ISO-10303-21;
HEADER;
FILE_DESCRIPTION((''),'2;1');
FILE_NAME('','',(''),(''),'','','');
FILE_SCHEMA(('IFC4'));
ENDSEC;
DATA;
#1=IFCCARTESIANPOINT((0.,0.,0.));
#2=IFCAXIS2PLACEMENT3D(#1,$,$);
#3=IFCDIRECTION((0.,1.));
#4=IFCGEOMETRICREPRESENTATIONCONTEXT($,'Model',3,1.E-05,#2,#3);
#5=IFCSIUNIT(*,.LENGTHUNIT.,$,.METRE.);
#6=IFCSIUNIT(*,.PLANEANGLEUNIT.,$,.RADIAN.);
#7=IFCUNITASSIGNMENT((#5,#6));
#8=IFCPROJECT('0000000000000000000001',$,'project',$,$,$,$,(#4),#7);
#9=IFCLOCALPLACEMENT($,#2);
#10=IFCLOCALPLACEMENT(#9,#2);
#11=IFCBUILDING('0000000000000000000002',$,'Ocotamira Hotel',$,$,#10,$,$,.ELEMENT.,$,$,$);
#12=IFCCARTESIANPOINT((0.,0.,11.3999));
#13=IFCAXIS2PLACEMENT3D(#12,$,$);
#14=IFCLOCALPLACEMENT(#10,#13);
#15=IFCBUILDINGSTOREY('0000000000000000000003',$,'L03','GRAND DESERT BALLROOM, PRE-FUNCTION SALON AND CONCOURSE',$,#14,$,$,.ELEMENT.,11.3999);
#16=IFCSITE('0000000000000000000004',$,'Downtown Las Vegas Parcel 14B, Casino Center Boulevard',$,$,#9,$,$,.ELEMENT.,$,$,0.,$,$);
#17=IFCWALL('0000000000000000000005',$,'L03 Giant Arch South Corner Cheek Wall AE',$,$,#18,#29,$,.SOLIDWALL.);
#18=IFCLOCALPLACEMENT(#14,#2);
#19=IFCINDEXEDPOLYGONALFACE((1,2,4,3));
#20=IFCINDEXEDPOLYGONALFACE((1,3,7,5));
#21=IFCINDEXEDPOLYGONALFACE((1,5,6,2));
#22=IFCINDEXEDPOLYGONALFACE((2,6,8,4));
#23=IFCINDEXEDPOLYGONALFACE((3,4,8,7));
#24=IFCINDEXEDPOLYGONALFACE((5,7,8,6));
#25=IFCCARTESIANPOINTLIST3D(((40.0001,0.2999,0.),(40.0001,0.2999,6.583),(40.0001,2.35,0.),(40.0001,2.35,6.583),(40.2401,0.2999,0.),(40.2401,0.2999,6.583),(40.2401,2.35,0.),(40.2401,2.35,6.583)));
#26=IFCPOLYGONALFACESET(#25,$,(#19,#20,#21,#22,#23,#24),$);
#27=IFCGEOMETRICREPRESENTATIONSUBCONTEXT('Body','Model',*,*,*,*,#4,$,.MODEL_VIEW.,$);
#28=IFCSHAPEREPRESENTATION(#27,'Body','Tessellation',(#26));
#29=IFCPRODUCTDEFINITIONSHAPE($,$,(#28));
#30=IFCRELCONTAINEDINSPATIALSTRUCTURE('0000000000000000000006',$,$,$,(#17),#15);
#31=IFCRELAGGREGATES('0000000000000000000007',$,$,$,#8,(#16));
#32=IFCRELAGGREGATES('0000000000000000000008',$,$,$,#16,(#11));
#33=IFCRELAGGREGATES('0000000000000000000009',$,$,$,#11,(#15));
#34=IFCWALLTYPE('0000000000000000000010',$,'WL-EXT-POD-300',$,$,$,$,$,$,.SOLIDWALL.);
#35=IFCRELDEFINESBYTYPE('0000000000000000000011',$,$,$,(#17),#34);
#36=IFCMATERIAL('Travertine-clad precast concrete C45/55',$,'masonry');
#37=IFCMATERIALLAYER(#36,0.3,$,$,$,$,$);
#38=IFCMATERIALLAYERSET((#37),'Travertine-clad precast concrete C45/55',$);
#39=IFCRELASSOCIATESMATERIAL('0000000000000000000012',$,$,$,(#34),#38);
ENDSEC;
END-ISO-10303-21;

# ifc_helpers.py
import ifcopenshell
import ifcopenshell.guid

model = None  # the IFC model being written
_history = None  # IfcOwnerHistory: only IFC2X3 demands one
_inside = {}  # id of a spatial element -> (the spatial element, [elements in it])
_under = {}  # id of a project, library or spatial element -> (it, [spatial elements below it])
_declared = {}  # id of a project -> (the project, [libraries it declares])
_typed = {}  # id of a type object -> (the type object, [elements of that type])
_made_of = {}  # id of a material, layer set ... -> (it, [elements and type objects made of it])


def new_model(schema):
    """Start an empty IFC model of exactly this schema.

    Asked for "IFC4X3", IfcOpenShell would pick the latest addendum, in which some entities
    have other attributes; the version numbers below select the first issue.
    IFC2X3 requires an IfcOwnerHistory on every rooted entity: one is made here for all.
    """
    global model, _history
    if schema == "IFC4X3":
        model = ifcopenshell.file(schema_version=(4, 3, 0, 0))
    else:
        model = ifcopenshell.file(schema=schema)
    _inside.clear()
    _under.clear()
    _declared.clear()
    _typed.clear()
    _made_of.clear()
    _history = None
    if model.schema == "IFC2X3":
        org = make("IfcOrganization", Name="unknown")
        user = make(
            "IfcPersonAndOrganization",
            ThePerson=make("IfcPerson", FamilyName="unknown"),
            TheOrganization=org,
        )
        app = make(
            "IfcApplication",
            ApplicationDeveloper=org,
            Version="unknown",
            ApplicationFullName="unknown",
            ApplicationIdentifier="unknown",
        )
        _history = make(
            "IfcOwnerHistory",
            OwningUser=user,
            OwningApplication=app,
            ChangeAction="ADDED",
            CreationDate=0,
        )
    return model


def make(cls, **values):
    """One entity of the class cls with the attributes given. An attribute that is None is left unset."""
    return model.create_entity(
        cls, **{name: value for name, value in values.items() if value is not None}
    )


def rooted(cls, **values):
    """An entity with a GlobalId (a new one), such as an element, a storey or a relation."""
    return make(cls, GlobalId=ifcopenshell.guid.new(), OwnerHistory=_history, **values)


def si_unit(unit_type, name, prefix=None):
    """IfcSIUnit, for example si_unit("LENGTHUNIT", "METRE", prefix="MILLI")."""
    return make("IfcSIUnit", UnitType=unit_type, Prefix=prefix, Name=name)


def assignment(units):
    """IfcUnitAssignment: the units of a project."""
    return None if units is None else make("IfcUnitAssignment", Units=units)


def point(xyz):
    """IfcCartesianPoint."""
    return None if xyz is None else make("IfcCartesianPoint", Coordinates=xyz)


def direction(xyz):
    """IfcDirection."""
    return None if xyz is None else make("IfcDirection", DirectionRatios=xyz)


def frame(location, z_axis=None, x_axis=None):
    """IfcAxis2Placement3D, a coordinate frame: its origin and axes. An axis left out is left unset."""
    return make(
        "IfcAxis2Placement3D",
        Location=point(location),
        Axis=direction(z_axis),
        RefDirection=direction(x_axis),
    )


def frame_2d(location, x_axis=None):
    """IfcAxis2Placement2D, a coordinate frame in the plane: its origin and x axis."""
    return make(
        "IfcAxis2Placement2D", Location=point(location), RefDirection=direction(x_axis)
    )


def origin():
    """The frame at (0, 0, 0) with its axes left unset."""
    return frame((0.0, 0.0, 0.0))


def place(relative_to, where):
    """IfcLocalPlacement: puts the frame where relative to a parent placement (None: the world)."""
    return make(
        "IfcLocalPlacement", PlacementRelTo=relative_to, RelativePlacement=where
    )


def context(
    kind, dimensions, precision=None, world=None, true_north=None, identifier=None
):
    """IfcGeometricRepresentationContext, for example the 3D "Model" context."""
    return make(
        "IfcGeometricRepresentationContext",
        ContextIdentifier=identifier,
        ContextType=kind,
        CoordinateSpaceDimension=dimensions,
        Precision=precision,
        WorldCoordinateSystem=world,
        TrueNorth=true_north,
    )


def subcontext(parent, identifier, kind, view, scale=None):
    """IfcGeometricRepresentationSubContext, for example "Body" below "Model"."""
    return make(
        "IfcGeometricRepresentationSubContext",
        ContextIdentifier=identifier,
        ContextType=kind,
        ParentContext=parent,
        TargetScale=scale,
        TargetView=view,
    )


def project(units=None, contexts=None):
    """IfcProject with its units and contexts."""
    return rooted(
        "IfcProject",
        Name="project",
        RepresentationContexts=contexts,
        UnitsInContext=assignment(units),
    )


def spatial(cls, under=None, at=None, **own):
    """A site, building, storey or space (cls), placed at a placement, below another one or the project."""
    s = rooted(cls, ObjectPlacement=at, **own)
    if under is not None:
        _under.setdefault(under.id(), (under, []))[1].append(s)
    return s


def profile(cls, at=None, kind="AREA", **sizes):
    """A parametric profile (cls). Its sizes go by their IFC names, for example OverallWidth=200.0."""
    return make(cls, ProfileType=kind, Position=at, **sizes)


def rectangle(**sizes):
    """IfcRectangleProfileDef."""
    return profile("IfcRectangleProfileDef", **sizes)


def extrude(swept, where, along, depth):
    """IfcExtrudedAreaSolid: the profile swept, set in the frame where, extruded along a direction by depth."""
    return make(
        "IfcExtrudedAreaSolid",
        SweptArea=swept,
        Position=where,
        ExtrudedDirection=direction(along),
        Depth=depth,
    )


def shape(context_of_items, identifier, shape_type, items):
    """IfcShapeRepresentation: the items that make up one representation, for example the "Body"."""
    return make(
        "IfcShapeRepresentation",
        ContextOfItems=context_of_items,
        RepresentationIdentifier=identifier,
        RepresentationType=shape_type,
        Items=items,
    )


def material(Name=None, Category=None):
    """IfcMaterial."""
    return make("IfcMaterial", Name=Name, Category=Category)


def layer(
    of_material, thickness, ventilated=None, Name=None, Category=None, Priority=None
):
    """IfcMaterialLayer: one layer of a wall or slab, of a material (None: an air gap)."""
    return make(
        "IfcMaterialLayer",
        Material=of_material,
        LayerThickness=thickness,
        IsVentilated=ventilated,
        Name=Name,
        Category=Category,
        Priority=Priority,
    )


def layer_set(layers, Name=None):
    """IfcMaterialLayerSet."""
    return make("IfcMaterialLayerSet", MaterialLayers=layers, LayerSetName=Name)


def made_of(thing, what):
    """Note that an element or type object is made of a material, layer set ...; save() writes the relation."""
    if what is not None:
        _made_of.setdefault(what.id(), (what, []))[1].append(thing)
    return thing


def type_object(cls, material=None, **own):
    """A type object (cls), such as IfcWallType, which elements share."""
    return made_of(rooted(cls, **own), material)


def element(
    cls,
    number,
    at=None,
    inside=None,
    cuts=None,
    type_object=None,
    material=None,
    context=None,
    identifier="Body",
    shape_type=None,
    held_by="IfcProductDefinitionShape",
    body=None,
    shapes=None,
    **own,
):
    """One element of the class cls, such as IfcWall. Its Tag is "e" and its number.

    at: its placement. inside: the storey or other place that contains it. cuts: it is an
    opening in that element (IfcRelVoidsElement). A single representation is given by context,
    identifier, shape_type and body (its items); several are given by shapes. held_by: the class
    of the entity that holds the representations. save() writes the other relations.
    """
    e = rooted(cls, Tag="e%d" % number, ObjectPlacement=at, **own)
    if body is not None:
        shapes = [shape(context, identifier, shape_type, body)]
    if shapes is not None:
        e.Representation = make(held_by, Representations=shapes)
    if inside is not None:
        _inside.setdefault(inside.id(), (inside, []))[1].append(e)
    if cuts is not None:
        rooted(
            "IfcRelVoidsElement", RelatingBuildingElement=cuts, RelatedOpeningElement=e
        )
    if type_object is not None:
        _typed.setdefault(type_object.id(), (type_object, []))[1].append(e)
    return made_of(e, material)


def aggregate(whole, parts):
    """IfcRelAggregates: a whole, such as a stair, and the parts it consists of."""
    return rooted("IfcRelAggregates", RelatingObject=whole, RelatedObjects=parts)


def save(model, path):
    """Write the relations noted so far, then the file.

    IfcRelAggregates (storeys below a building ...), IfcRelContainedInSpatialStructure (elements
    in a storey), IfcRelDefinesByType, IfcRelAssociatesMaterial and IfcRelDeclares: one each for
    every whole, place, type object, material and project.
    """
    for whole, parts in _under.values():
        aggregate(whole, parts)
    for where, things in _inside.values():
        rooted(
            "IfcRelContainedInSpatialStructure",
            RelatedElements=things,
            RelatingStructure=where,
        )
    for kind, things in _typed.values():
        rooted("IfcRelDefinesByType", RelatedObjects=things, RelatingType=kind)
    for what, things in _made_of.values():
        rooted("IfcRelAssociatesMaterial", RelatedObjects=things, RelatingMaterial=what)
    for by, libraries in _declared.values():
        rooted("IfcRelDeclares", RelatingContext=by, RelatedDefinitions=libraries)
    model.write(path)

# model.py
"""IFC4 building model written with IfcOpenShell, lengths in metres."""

from ifc_helpers import new_model, si_unit, direction, frame, frame_2d, origin, place, context, subcontext, project, spatial, rectangle, extrude, material, layer, layer_set, type_object, element, save


model = new_model("IFC4")

# Units and contexts
model_context = context("Model", 3, precision=1e-05, world=origin(), true_north=direction((0.0, 1.0)))
body_context = subcontext(model_context, "Body", "Model", "MODEL_VIEW")
ifc_project = project(units=[si_unit("LENGTHUNIT", "METRE"), si_unit("PLANEANGLEUNIT", "RADIAN")], contexts=[model_context])

# Site, building, storey
site_placement = place(None, origin())
site = spatial("IfcSite", under=ifc_project, at=site_placement, Name="Downtown Las Vegas Parcel 14B, Casino Center Boulevard", CompositionType="ELEMENT", RefElevation=0.0)
building_placement = place(site_placement, origin())
building = spatial("IfcBuilding", under=site, at=building_placement, Name="Ocotamira Hotel", CompositionType="ELEMENT")
storey_placement = place(building_placement, frame((0.0, 0.0, 11.3999)))
storey = spatial("IfcBuildingStorey", under=building, at=storey_placement, Name="L03", Description="GRAND DESERT BALLROOM, PRE-FUNCTION SALON AND CONCOURSE", CompositionType="ELEMENT", Elevation=11.3999)

# Wall
ifc_material_1 = material(Name="Travertine-clad precast concrete C45/55", Category="masonry")
ifc_layer_1 = layer(ifc_material_1, 0.3)
ifc_layer_set_1 = layer_set([ifc_layer_1], Name="Travertine-clad precast concrete C45/55")
wall_type = type_object("IfcWallType", Name="WL-EXT-POD-300", PredefinedType="SOLIDWALL", material=ifc_layer_set_1)
for number, where, z_axis, x_axis, name in (
    (1, (40.1201, 0.3, 0.0), (0.0, 0.0, 1.0), (0.0, 1.0, 0.0), "L03 Giant Arch South Corner Cheek Wall AE"),
):
    element("IfcWall", number, at=place(storey_placement, frame(where, z_axis=z_axis, x_axis=x_axis)), inside=storey, type_object=wall_type, Name=name, PredefinedType="SOLIDWALL", context=body_context, shape_type="SweptSolid", body=[
        extrude(rectangle(XDim=2.05, YDim=0.24, at=frame_2d((1.0249, 0.0))), origin(), (0.0, 0.0, 1.0), 6.583),
    ])

save(model, "model.ifc")
